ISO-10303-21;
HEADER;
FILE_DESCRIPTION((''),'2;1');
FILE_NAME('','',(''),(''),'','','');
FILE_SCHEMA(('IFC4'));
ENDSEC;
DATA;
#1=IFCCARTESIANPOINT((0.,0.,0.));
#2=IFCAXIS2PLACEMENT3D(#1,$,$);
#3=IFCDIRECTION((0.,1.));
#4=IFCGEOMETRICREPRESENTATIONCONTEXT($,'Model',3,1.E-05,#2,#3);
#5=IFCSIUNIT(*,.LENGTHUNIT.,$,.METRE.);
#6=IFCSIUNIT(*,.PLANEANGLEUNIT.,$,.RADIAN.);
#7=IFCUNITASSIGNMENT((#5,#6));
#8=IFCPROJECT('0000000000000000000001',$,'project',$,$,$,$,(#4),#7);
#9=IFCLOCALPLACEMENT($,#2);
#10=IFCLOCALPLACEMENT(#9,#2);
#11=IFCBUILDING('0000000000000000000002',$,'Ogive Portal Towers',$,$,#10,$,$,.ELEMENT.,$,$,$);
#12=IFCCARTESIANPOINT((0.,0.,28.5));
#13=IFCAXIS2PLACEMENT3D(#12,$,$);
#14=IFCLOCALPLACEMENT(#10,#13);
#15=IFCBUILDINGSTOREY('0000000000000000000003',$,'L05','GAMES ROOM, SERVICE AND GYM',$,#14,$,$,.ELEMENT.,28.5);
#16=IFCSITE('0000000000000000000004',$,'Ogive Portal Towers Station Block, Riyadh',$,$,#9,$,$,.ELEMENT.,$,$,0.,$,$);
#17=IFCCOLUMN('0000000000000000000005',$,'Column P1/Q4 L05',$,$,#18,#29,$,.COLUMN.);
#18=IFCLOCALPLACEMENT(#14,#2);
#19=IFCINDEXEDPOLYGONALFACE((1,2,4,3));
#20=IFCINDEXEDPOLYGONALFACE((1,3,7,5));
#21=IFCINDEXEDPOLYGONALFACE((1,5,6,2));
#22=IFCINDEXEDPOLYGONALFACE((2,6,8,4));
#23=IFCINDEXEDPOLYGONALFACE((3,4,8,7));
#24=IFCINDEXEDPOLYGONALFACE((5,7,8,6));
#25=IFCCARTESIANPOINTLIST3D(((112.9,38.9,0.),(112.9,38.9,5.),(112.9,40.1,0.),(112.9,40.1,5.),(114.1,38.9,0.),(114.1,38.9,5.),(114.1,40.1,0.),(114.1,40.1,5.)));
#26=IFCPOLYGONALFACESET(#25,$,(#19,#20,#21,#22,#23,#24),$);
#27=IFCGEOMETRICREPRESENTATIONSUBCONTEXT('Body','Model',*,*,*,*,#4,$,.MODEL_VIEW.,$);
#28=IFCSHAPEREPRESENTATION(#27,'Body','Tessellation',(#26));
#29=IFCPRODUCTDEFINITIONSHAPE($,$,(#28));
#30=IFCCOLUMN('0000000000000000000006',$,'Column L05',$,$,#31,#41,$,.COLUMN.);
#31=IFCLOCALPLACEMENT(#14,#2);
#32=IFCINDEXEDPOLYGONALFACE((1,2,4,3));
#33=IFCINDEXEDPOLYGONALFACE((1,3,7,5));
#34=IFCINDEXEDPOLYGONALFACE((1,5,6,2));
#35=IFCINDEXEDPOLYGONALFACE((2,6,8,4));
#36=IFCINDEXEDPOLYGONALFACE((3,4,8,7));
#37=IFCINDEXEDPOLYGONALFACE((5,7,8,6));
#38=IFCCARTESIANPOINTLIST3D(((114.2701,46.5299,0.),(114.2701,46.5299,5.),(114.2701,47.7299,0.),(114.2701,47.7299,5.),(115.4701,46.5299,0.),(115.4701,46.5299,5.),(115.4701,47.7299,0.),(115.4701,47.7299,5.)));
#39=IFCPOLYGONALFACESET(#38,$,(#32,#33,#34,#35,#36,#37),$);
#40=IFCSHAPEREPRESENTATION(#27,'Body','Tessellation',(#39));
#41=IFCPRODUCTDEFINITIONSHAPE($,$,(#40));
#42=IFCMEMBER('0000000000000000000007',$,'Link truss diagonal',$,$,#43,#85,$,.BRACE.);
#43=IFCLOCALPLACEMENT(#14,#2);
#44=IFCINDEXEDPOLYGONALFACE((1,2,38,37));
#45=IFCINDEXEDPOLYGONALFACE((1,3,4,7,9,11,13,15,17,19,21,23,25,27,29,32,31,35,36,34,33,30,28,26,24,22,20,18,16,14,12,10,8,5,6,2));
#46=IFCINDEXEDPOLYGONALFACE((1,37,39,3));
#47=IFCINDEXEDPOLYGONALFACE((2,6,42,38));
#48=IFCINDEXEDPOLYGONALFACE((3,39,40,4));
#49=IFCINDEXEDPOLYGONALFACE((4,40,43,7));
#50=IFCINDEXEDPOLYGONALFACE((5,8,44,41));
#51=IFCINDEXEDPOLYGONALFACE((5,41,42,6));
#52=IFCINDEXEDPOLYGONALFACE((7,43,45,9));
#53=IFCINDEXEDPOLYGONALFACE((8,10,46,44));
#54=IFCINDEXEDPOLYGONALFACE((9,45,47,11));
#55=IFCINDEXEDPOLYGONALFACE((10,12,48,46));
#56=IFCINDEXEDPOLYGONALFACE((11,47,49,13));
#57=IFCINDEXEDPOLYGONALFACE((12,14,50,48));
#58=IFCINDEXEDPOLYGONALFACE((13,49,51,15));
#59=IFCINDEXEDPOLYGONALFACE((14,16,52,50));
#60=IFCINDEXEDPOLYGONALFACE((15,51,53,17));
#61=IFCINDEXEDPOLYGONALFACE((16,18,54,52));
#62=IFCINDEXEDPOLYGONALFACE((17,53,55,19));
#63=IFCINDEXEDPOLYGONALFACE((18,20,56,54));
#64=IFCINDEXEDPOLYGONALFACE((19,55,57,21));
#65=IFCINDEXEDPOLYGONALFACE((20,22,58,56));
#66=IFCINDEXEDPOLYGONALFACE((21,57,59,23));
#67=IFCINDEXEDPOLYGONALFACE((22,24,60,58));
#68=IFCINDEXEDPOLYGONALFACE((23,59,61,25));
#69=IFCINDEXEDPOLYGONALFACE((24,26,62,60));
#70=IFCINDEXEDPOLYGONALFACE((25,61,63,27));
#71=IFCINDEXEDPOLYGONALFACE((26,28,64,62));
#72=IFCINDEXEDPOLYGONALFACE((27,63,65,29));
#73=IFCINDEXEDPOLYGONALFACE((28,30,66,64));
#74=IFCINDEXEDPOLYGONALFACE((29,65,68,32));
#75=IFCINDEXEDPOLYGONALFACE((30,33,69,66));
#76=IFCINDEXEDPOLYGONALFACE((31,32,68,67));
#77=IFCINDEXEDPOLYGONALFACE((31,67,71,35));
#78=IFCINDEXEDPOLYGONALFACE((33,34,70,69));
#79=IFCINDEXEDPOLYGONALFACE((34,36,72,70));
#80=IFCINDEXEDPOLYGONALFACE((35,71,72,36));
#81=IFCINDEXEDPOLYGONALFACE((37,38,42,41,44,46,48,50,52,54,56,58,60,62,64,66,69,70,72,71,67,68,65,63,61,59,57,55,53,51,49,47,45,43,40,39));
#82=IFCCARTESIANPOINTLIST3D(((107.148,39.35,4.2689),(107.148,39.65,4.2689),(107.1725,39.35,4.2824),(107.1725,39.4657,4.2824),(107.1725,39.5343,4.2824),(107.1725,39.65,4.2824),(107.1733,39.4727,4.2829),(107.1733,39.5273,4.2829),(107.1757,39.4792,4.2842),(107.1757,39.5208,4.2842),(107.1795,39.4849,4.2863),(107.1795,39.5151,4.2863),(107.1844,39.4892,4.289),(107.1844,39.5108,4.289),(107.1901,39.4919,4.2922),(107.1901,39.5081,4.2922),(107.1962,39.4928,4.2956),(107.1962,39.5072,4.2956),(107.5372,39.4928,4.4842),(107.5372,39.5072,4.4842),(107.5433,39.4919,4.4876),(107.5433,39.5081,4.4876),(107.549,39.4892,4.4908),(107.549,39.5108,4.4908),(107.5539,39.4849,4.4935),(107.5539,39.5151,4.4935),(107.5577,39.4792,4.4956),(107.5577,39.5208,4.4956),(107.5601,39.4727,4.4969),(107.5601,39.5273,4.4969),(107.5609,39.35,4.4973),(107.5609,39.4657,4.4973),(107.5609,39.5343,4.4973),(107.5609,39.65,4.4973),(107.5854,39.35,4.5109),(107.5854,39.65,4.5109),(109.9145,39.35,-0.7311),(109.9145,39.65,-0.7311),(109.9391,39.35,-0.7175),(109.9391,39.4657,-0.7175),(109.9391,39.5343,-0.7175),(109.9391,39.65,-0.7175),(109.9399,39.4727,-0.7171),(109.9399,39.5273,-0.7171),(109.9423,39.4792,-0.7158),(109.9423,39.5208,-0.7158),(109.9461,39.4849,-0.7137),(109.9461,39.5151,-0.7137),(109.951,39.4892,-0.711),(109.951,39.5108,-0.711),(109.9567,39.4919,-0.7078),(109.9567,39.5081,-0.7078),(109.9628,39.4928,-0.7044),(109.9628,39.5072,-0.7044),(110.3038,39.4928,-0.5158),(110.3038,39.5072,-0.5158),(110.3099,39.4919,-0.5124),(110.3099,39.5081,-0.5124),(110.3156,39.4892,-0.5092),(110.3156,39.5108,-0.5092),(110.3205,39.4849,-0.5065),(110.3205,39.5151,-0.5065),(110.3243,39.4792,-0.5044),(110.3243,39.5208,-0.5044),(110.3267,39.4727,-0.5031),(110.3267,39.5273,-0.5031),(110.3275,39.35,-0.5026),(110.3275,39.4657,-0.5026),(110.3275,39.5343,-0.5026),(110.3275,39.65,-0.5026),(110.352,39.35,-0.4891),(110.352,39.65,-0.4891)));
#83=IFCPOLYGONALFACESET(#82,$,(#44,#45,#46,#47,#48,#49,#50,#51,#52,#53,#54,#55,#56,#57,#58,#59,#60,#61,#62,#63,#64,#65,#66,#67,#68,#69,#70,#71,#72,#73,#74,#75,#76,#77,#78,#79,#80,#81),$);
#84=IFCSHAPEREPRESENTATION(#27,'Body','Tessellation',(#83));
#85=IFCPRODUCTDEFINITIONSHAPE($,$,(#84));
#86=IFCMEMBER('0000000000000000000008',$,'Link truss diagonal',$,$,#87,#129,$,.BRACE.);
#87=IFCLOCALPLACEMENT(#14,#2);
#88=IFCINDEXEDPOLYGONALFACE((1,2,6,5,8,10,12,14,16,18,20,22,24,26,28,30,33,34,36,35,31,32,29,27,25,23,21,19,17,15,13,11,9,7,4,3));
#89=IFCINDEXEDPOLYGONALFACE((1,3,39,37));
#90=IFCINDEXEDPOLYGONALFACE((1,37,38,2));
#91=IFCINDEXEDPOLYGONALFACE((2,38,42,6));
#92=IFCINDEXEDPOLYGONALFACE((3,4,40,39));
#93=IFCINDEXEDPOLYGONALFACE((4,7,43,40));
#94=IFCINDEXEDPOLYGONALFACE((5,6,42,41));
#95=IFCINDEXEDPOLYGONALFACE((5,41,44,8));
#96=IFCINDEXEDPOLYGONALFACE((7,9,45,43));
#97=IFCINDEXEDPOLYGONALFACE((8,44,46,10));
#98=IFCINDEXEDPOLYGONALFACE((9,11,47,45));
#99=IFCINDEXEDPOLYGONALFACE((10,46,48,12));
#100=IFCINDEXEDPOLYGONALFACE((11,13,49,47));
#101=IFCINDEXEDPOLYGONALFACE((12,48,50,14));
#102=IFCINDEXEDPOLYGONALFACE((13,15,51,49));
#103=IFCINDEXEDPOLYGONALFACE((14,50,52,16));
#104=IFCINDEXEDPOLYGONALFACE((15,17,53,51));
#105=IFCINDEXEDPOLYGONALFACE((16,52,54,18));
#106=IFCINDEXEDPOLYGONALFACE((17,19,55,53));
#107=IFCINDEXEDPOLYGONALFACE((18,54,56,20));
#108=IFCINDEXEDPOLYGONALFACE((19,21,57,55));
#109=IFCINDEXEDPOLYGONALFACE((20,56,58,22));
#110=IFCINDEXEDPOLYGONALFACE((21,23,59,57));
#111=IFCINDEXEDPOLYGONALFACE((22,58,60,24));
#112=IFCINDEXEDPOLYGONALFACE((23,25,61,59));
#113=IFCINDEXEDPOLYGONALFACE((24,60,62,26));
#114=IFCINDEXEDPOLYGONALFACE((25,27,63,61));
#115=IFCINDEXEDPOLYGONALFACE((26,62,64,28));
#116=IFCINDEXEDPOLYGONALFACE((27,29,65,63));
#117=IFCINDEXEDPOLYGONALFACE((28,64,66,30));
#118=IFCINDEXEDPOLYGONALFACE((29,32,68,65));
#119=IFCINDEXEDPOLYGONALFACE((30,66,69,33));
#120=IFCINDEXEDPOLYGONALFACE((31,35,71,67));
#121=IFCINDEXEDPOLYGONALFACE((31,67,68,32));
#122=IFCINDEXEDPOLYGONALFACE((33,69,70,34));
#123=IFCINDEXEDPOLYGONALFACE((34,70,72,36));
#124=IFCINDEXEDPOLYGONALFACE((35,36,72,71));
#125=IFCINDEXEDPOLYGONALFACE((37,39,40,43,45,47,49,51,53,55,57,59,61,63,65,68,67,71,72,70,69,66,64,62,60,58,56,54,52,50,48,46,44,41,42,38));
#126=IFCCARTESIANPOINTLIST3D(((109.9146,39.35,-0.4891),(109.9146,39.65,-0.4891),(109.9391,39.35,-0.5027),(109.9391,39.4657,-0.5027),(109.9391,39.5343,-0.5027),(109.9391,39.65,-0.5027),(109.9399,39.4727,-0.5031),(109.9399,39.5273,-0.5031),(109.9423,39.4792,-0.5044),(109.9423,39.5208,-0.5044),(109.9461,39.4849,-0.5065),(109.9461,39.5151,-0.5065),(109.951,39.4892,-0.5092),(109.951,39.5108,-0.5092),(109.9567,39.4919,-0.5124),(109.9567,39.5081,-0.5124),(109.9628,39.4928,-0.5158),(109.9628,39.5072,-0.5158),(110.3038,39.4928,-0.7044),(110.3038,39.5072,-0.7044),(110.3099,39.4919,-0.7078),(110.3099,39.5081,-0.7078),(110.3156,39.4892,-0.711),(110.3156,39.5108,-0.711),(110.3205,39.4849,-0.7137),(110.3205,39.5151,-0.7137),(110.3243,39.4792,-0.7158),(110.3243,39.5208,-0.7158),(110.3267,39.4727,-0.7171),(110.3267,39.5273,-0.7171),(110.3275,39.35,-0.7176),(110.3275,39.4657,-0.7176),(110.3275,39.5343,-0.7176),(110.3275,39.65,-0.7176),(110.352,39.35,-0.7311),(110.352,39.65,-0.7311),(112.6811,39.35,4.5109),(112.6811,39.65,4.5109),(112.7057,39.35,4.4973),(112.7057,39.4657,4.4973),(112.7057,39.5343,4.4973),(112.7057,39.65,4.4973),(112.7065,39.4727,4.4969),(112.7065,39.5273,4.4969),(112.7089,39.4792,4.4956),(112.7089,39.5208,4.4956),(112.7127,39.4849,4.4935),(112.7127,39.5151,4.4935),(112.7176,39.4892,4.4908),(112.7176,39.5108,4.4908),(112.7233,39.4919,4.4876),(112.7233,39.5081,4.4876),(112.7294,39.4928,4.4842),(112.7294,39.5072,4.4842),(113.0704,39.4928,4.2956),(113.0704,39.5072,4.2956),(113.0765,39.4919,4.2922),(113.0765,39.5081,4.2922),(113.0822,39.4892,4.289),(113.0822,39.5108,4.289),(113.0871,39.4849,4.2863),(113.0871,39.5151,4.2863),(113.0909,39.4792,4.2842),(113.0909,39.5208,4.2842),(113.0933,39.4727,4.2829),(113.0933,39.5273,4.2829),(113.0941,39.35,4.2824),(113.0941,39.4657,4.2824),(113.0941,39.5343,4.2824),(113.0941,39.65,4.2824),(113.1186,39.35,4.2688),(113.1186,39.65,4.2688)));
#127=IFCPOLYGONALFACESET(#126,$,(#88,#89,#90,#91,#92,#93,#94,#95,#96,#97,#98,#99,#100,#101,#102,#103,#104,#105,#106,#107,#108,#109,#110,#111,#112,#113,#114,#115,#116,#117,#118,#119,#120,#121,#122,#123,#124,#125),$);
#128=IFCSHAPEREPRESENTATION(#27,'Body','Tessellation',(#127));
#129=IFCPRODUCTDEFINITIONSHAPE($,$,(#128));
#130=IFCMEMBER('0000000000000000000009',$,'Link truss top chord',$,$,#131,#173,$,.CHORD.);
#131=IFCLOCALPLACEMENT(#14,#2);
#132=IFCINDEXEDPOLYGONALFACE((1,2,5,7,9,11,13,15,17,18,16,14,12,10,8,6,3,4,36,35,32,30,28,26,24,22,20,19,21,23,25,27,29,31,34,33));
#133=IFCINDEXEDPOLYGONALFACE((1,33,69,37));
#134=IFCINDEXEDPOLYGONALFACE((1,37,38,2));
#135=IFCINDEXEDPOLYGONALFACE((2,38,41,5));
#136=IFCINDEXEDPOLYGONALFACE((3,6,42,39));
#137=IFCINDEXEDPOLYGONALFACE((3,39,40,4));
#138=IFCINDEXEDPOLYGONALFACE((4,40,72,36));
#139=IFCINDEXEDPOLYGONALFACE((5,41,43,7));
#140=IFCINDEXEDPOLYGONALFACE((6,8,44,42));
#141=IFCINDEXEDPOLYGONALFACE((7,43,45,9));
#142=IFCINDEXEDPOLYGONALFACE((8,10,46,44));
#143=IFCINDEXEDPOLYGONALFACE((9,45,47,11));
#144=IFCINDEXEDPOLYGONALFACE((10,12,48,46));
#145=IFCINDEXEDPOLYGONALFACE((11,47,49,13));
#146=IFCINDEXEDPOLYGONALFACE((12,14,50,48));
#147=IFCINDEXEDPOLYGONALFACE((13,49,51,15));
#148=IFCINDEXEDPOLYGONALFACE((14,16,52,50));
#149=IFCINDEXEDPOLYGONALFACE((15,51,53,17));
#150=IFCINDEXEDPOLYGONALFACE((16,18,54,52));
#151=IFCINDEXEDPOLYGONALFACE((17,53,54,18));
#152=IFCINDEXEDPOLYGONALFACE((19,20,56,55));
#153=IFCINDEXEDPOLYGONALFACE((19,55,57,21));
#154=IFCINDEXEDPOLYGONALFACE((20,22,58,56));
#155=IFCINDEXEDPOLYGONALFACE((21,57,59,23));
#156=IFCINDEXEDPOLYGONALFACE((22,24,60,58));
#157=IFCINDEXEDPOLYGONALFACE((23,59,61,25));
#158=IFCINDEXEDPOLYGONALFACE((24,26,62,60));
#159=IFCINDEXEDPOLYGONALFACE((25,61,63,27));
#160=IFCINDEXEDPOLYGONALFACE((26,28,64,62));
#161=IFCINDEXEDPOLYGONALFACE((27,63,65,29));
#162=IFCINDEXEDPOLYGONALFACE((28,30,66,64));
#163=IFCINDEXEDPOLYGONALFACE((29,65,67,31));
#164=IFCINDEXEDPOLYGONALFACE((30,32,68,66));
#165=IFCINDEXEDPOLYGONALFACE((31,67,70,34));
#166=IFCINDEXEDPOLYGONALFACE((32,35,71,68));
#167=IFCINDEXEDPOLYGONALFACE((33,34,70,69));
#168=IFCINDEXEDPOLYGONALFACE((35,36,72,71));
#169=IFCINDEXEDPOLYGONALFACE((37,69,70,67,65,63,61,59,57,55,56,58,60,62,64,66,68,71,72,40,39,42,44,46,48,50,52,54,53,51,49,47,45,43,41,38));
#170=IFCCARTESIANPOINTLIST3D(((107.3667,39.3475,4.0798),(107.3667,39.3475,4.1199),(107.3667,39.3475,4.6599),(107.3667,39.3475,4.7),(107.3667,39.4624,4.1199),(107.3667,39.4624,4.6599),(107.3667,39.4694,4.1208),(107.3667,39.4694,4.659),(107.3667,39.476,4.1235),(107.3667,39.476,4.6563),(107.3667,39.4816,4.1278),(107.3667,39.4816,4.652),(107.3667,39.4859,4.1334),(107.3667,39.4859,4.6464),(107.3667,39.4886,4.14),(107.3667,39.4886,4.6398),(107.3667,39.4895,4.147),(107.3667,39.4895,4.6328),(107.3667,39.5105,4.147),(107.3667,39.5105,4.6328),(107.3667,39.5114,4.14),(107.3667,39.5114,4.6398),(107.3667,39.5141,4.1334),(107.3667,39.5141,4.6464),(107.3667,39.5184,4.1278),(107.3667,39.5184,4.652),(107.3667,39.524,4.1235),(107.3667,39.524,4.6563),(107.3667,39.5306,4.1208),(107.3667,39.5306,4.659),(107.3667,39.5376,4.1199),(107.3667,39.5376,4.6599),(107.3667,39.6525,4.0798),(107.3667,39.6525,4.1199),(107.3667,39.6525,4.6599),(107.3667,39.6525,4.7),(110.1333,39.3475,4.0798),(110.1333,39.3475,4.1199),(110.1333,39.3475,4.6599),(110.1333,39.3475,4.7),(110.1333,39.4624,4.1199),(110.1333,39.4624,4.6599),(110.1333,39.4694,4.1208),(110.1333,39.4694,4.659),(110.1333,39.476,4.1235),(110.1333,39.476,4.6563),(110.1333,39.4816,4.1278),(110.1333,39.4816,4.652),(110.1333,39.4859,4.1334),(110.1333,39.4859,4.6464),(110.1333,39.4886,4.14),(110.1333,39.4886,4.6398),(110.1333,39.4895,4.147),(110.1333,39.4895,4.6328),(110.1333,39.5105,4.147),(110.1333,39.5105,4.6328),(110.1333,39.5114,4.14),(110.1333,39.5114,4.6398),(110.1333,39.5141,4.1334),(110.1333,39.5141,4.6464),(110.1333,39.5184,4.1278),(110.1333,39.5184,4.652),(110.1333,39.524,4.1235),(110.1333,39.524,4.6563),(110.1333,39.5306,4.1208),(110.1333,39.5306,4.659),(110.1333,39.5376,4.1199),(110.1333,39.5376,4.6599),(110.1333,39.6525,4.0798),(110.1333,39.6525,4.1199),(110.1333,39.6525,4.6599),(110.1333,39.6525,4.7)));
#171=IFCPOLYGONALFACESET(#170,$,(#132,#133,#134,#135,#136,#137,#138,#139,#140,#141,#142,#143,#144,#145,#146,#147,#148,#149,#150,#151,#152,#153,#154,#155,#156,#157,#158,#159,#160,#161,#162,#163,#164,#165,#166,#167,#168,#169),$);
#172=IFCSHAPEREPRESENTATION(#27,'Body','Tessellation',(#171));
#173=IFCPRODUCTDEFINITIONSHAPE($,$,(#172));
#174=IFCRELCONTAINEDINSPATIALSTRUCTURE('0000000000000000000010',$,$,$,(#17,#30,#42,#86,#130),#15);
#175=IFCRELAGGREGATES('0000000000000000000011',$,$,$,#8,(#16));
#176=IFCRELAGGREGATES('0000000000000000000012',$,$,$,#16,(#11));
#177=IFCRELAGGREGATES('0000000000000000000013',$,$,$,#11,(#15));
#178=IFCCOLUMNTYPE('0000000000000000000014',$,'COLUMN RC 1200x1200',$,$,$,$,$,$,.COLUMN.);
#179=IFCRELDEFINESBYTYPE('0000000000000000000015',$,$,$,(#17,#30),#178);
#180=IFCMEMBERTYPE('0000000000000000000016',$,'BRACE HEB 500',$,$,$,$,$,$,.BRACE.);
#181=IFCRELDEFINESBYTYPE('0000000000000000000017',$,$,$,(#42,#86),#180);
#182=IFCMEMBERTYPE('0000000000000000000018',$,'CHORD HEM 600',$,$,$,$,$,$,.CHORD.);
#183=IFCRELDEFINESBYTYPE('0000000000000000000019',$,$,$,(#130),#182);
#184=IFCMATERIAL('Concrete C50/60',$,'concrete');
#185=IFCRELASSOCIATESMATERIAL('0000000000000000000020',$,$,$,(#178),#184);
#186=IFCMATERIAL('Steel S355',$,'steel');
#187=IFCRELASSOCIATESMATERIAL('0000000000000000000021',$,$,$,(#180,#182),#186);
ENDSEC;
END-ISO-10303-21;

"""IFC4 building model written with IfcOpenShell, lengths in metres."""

from ifc_helpers import new_model, si_unit, direction, frame, origin, origin_2d, place, context, subcontext, project, spatial, rectangle, i_section, extrude, material, material_profile, profile_set, type_object, element, save


model = new_model("IFC4")

# Units and contexts
model_context = context("Model", 3, precision=1e-05, world=origin(), true_north=direction((0.0, 1.0)))
body_context = subcontext(model_context, "Body", "Model", "MODEL_VIEW")
ifc_project = project(units=[si_unit("LENGTHUNIT", "METRE"), si_unit("PLANEANGLEUNIT", "RADIAN")], contexts=[model_context])

# Site, building, storey
site_placement = place(None, origin())
site = spatial("IfcSite", under=ifc_project, at=site_placement, Name="Ogive Portal Towers Station Block, Riyadh", CompositionType="ELEMENT", RefElevation=0.0)
building_placement = place(site_placement, origin())
building = spatial("IfcBuilding", under=site, at=building_placement, Name="Ogive Portal Towers", CompositionType="ELEMENT")
storey_placement = place(building_placement, frame((0.0, 0.0, 28.5)))
storey = spatial("IfcBuildingStorey", under=building, at=storey_placement, Name="L05", Description="GAMES ROOM, SERVICE AND GYM", CompositionType="ELEMENT", Elevation=28.5)

# Columns
ifc_material_1 = material(Name="Concrete C50/60", Category="concrete")
ifc_material_profile_1 = material_profile(ifc_material_1, rectangle(XDim=1.2, YDim=1.2, at=origin_2d()), Name="RC 1200x1200")
ifc_profile_set_1 = profile_set([ifc_material_profile_1], Name="Concrete C50/60")
column_type = type_object("IfcColumnType", Name="COLUMN RC 1200x1200", PredefinedType="COLUMN", material=ifc_profile_set_1)
for number, where, z_axis, x_axis, name in (
    (1, (113.5, 39.5, 0.0), (0.0, 0.0, 1.0), (1.0, 0.0, 0.0), "Column P1/Q4 L05"),
    (2, (114.8701, 47.1299, 0.0), (0.0, 0.0, 1.0), (1.0, 0.0, 0.0), "Column L05"),
):
    element("IfcColumn", number, at=place(storey_placement, frame(where, z_axis=z_axis, x_axis=x_axis)), inside=storey, type_object=column_type, Name=name, PredefinedType="COLUMN", context=body_context, shape_type="SweptSolid", body=[
        extrude(rectangle(XDim=1.2, YDim=1.2, at=origin_2d()), origin(), (0.0, 0.0, 1.0), 5.0),
    ])

# Members
ifc_material_2 = material(Name="Steel S355", Category="steel")
ifc_material_profile_2 = material_profile(ifc_material_2, i_section(OverallWidth=0.3, OverallDepth=0.5, WebThickness=0.0144, FlangeThickness=0.0281, FilletRadius=0.0271, at=origin_2d()), Name="HEB 500")
ifc_profile_set_2 = profile_set([ifc_material_profile_2], Name="Steel S355")
member_type_1 = type_object("IfcMemberType", Name="BRACE HEB 500", PredefinedType="BRACE", material=ifc_profile_set_2)
for number, where, z_axis, x_axis, name in (
    (3, (107.3667, 39.5, 4.3899), (0.484148, 0.0, -0.874986), (0.0, 1.0, 0.0), "Link truss diagonal"),
    (4, (110.1333, 39.5, -0.6101), (0.484148, 0.0, 0.874986), (0.0, 1.0, 0.0), "Link truss diagonal"),
):
    element("IfcMember", number, at=place(storey_placement, frame(where, z_axis=z_axis, x_axis=x_axis)), inside=storey, type_object=member_type_1, Name=name, PredefinedType="BRACE", context=body_context, shape_type="SweptSolid", body=[
        extrude(i_section(OverallWidth=0.3, OverallDepth=0.5, WebThickness=0.0144, FlangeThickness=0.0281, FilletRadius=0.0271, at=origin_2d()), origin(), (0.0, 0.0, 1.0), 5.7144),
    ])
ifc_material_profile_3 = material_profile(ifc_material_2, i_section(OverallWidth=0.3049, OverallDepth=0.6201, WebThickness=0.021, FlangeThickness=0.04, FilletRadius=0.0271, at=origin_2d()), Name="HEM 600")
ifc_profile_set_3 = profile_set([ifc_material_profile_3], Name="Steel S355")
member_type_2 = type_object("IfcMemberType", Name="CHORD HEM 600", PredefinedType="CHORD", material=ifc_profile_set_3)
for number, where, z_axis, x_axis, name in (
    (5, (107.3667, 39.5, 4.3899), (1.0, 0.0, 0.0), (0.0, 1.0, 0.0), "Link truss top chord"),
):
    element("IfcMember", number, at=place(storey_placement, frame(where, z_axis=z_axis, x_axis=x_axis)), inside=storey, type_object=member_type_2, Name=name, PredefinedType="CHORD", context=body_context, shape_type="SweptSolid", body=[
        extrude(i_section(OverallWidth=0.3049, OverallDepth=0.6201, WebThickness=0.021, FlangeThickness=0.04, FilletRadius=0.0271, at=origin_2d()), origin(), (0.0, 0.0, 1.0), 2.7666),
    ])

save(model, "model.ifc")
